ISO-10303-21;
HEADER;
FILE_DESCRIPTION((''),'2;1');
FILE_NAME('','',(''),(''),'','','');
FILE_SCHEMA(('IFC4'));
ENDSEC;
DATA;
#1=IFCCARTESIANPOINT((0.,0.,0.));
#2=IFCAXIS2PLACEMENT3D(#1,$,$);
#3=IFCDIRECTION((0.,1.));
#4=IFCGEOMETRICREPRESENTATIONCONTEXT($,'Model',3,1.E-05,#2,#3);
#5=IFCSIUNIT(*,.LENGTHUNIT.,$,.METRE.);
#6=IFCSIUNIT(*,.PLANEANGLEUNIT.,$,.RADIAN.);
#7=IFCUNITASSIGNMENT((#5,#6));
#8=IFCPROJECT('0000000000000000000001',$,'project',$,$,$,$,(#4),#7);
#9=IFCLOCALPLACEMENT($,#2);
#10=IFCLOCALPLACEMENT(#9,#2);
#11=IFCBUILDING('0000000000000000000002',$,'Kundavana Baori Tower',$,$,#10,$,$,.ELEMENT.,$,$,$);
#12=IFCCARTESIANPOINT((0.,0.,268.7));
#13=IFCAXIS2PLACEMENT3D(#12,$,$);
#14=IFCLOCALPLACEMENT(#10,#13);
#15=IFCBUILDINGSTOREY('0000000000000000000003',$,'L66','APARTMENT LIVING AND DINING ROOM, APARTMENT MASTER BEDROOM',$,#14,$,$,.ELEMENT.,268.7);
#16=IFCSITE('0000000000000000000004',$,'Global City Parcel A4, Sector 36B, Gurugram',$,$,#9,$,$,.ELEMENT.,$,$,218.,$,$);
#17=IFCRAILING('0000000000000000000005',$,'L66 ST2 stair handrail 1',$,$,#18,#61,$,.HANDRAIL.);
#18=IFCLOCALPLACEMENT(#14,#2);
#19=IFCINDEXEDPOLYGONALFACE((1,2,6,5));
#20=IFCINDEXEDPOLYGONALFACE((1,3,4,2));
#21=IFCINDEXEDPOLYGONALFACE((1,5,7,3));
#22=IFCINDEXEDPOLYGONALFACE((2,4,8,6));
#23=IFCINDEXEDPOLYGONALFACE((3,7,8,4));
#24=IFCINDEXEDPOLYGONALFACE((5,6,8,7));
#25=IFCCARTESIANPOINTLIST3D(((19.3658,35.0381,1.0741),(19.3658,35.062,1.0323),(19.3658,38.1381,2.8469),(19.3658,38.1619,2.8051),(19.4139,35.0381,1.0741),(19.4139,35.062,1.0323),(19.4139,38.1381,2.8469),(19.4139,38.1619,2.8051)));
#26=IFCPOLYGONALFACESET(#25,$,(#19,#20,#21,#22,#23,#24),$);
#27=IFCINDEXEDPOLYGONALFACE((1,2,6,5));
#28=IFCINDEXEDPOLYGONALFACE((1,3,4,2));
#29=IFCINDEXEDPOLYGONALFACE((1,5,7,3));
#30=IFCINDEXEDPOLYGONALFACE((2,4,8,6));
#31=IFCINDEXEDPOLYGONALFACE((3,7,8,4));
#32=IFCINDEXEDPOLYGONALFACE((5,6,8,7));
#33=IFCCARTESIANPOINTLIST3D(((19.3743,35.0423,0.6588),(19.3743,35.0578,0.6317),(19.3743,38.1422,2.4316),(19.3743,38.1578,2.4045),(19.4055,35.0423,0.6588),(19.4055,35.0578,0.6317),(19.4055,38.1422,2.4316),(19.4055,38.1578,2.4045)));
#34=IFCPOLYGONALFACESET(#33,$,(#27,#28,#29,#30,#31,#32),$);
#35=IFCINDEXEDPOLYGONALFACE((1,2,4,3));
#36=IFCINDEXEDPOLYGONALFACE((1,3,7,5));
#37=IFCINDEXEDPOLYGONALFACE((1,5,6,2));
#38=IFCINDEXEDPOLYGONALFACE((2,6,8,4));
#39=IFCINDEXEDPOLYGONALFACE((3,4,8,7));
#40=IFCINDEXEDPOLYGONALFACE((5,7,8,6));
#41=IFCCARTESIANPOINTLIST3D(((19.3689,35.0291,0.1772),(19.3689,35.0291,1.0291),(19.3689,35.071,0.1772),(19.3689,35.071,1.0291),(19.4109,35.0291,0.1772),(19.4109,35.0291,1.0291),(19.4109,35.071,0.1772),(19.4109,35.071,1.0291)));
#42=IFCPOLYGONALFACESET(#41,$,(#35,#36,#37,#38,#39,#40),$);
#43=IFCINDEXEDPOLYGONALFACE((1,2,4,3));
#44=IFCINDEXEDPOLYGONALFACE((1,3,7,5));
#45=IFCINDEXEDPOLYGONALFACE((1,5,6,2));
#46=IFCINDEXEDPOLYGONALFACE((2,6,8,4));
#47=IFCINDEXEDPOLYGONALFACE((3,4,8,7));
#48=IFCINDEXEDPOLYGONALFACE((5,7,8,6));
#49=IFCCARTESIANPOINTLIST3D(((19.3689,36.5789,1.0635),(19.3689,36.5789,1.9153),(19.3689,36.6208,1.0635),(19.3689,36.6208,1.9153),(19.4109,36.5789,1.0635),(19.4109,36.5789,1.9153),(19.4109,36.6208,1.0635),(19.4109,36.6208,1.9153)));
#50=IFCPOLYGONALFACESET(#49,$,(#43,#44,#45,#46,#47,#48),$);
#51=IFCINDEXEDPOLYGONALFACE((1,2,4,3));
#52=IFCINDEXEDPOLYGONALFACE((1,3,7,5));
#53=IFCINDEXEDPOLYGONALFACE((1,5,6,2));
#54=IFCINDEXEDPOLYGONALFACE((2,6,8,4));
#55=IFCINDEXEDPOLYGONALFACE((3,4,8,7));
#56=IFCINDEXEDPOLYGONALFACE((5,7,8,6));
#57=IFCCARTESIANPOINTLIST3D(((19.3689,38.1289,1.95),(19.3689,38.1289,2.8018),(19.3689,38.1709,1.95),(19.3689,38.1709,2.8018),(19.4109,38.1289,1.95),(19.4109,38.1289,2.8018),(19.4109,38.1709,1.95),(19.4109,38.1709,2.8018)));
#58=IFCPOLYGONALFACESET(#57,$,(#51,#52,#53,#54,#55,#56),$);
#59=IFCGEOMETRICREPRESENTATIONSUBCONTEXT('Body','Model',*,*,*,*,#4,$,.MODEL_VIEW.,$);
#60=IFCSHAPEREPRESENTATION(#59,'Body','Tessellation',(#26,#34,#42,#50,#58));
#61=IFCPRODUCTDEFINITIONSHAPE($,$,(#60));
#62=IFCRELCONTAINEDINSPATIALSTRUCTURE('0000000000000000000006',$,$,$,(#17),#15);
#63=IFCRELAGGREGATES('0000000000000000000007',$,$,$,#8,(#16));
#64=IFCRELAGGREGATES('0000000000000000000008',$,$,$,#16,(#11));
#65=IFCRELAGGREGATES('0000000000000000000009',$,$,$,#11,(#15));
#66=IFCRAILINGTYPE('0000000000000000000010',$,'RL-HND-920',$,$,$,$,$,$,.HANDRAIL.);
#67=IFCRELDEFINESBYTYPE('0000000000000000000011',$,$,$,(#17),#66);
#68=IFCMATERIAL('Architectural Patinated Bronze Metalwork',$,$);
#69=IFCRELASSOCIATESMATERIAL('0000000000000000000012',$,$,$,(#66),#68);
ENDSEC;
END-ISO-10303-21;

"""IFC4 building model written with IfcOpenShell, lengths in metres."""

from ifc_helpers import new_model, si_unit, direction, frame, origin, origin_2d, place, context, subcontext, project, spatial, rectangle, extrude, material, type_object, element, save


model = new_model("IFC4")

# Units and contexts
model_context = context("Model", 3, precision=1e-05, world=origin(), true_north=direction((0.0, 1.0)))
body_context = subcontext(model_context, "Body", "Model", "MODEL_VIEW")
ifc_project = project(units=[si_unit("LENGTHUNIT", "METRE"), si_unit("PLANEANGLEUNIT", "RADIAN")], contexts=[model_context])

# Site, building, storey
site_placement = place(None, origin())
site = spatial("IfcSite", under=ifc_project, at=site_placement, Name="Global City Parcel A4, Sector 36B, Gurugram", CompositionType="ELEMENT", RefElevation=218.0)
building_placement = place(site_placement, origin())
building = spatial("IfcBuilding", under=site, at=building_placement, Name="Kundavana Baori Tower", CompositionType="ELEMENT")
storey_placement = place(building_placement, frame((0.0, 0.0, 268.7)))
storey = spatial("IfcBuildingStorey", under=building, at=storey_placement, Name="L66", Description="APARTMENT LIVING AND DINING ROOM, APARTMENT MASTER BEDROOM", CompositionType="ELEMENT", Elevation=268.7)

# Railing
ifc_material_1 = material(Name="Architectural Patinated Bronze Metalwork")
railing_type_1 = type_object("IfcRailingType", Name="RL-HND-920", PredefinedType="HANDRAIL", material=ifc_material_1)
railing_1_placement = place(storey_placement, frame((19.3899, 35.05, 0.1772)))
element("IfcRailing", 1, at=railing_1_placement, inside=storey, type_object=railing_type_1, Name="L66 ST2 stair handrail 1", PredefinedType="HANDRAIL", context=body_context, shape_type="SweptSolid", body=[
    extrude(rectangle(XDim=0.0481, YDim=0.0481, at=origin_2d()), frame((0.0, 0.0, 0.876), z_axis=(0.0, 0.868079, 0.496426), x_axis=(-1.0, 0.0, 0.0)), (0.0, 0.0, 1.0), 3.571),
    extrude(rectangle(XDim=0.0312, YDim=0.0312, at=origin_2d()), frame((0.0, 0.0, 0.468), z_axis=(0.0, 0.868079, 0.496426), x_axis=(-1.0, 0.0, 0.0)), (0.0, 0.0, 1.0), 3.571),
    extrude(rectangle(XDim=0.042, YDim=0.042, at=origin_2d()), origin(), (0.0, 0.0, 1.0), 0.8518),
    extrude(rectangle(XDim=0.042, YDim=0.042, at=origin_2d()), frame((0.0, 1.5498, 0.8862)), (0.0, 0.0, 1.0), 0.8518),
    extrude(rectangle(XDim=0.042, YDim=0.042, at=origin_2d()), frame((0.0, 3.0999, 1.7727)), (0.0, 0.0, 1.0), 0.8518),
])

save(model, "model.ifc")
